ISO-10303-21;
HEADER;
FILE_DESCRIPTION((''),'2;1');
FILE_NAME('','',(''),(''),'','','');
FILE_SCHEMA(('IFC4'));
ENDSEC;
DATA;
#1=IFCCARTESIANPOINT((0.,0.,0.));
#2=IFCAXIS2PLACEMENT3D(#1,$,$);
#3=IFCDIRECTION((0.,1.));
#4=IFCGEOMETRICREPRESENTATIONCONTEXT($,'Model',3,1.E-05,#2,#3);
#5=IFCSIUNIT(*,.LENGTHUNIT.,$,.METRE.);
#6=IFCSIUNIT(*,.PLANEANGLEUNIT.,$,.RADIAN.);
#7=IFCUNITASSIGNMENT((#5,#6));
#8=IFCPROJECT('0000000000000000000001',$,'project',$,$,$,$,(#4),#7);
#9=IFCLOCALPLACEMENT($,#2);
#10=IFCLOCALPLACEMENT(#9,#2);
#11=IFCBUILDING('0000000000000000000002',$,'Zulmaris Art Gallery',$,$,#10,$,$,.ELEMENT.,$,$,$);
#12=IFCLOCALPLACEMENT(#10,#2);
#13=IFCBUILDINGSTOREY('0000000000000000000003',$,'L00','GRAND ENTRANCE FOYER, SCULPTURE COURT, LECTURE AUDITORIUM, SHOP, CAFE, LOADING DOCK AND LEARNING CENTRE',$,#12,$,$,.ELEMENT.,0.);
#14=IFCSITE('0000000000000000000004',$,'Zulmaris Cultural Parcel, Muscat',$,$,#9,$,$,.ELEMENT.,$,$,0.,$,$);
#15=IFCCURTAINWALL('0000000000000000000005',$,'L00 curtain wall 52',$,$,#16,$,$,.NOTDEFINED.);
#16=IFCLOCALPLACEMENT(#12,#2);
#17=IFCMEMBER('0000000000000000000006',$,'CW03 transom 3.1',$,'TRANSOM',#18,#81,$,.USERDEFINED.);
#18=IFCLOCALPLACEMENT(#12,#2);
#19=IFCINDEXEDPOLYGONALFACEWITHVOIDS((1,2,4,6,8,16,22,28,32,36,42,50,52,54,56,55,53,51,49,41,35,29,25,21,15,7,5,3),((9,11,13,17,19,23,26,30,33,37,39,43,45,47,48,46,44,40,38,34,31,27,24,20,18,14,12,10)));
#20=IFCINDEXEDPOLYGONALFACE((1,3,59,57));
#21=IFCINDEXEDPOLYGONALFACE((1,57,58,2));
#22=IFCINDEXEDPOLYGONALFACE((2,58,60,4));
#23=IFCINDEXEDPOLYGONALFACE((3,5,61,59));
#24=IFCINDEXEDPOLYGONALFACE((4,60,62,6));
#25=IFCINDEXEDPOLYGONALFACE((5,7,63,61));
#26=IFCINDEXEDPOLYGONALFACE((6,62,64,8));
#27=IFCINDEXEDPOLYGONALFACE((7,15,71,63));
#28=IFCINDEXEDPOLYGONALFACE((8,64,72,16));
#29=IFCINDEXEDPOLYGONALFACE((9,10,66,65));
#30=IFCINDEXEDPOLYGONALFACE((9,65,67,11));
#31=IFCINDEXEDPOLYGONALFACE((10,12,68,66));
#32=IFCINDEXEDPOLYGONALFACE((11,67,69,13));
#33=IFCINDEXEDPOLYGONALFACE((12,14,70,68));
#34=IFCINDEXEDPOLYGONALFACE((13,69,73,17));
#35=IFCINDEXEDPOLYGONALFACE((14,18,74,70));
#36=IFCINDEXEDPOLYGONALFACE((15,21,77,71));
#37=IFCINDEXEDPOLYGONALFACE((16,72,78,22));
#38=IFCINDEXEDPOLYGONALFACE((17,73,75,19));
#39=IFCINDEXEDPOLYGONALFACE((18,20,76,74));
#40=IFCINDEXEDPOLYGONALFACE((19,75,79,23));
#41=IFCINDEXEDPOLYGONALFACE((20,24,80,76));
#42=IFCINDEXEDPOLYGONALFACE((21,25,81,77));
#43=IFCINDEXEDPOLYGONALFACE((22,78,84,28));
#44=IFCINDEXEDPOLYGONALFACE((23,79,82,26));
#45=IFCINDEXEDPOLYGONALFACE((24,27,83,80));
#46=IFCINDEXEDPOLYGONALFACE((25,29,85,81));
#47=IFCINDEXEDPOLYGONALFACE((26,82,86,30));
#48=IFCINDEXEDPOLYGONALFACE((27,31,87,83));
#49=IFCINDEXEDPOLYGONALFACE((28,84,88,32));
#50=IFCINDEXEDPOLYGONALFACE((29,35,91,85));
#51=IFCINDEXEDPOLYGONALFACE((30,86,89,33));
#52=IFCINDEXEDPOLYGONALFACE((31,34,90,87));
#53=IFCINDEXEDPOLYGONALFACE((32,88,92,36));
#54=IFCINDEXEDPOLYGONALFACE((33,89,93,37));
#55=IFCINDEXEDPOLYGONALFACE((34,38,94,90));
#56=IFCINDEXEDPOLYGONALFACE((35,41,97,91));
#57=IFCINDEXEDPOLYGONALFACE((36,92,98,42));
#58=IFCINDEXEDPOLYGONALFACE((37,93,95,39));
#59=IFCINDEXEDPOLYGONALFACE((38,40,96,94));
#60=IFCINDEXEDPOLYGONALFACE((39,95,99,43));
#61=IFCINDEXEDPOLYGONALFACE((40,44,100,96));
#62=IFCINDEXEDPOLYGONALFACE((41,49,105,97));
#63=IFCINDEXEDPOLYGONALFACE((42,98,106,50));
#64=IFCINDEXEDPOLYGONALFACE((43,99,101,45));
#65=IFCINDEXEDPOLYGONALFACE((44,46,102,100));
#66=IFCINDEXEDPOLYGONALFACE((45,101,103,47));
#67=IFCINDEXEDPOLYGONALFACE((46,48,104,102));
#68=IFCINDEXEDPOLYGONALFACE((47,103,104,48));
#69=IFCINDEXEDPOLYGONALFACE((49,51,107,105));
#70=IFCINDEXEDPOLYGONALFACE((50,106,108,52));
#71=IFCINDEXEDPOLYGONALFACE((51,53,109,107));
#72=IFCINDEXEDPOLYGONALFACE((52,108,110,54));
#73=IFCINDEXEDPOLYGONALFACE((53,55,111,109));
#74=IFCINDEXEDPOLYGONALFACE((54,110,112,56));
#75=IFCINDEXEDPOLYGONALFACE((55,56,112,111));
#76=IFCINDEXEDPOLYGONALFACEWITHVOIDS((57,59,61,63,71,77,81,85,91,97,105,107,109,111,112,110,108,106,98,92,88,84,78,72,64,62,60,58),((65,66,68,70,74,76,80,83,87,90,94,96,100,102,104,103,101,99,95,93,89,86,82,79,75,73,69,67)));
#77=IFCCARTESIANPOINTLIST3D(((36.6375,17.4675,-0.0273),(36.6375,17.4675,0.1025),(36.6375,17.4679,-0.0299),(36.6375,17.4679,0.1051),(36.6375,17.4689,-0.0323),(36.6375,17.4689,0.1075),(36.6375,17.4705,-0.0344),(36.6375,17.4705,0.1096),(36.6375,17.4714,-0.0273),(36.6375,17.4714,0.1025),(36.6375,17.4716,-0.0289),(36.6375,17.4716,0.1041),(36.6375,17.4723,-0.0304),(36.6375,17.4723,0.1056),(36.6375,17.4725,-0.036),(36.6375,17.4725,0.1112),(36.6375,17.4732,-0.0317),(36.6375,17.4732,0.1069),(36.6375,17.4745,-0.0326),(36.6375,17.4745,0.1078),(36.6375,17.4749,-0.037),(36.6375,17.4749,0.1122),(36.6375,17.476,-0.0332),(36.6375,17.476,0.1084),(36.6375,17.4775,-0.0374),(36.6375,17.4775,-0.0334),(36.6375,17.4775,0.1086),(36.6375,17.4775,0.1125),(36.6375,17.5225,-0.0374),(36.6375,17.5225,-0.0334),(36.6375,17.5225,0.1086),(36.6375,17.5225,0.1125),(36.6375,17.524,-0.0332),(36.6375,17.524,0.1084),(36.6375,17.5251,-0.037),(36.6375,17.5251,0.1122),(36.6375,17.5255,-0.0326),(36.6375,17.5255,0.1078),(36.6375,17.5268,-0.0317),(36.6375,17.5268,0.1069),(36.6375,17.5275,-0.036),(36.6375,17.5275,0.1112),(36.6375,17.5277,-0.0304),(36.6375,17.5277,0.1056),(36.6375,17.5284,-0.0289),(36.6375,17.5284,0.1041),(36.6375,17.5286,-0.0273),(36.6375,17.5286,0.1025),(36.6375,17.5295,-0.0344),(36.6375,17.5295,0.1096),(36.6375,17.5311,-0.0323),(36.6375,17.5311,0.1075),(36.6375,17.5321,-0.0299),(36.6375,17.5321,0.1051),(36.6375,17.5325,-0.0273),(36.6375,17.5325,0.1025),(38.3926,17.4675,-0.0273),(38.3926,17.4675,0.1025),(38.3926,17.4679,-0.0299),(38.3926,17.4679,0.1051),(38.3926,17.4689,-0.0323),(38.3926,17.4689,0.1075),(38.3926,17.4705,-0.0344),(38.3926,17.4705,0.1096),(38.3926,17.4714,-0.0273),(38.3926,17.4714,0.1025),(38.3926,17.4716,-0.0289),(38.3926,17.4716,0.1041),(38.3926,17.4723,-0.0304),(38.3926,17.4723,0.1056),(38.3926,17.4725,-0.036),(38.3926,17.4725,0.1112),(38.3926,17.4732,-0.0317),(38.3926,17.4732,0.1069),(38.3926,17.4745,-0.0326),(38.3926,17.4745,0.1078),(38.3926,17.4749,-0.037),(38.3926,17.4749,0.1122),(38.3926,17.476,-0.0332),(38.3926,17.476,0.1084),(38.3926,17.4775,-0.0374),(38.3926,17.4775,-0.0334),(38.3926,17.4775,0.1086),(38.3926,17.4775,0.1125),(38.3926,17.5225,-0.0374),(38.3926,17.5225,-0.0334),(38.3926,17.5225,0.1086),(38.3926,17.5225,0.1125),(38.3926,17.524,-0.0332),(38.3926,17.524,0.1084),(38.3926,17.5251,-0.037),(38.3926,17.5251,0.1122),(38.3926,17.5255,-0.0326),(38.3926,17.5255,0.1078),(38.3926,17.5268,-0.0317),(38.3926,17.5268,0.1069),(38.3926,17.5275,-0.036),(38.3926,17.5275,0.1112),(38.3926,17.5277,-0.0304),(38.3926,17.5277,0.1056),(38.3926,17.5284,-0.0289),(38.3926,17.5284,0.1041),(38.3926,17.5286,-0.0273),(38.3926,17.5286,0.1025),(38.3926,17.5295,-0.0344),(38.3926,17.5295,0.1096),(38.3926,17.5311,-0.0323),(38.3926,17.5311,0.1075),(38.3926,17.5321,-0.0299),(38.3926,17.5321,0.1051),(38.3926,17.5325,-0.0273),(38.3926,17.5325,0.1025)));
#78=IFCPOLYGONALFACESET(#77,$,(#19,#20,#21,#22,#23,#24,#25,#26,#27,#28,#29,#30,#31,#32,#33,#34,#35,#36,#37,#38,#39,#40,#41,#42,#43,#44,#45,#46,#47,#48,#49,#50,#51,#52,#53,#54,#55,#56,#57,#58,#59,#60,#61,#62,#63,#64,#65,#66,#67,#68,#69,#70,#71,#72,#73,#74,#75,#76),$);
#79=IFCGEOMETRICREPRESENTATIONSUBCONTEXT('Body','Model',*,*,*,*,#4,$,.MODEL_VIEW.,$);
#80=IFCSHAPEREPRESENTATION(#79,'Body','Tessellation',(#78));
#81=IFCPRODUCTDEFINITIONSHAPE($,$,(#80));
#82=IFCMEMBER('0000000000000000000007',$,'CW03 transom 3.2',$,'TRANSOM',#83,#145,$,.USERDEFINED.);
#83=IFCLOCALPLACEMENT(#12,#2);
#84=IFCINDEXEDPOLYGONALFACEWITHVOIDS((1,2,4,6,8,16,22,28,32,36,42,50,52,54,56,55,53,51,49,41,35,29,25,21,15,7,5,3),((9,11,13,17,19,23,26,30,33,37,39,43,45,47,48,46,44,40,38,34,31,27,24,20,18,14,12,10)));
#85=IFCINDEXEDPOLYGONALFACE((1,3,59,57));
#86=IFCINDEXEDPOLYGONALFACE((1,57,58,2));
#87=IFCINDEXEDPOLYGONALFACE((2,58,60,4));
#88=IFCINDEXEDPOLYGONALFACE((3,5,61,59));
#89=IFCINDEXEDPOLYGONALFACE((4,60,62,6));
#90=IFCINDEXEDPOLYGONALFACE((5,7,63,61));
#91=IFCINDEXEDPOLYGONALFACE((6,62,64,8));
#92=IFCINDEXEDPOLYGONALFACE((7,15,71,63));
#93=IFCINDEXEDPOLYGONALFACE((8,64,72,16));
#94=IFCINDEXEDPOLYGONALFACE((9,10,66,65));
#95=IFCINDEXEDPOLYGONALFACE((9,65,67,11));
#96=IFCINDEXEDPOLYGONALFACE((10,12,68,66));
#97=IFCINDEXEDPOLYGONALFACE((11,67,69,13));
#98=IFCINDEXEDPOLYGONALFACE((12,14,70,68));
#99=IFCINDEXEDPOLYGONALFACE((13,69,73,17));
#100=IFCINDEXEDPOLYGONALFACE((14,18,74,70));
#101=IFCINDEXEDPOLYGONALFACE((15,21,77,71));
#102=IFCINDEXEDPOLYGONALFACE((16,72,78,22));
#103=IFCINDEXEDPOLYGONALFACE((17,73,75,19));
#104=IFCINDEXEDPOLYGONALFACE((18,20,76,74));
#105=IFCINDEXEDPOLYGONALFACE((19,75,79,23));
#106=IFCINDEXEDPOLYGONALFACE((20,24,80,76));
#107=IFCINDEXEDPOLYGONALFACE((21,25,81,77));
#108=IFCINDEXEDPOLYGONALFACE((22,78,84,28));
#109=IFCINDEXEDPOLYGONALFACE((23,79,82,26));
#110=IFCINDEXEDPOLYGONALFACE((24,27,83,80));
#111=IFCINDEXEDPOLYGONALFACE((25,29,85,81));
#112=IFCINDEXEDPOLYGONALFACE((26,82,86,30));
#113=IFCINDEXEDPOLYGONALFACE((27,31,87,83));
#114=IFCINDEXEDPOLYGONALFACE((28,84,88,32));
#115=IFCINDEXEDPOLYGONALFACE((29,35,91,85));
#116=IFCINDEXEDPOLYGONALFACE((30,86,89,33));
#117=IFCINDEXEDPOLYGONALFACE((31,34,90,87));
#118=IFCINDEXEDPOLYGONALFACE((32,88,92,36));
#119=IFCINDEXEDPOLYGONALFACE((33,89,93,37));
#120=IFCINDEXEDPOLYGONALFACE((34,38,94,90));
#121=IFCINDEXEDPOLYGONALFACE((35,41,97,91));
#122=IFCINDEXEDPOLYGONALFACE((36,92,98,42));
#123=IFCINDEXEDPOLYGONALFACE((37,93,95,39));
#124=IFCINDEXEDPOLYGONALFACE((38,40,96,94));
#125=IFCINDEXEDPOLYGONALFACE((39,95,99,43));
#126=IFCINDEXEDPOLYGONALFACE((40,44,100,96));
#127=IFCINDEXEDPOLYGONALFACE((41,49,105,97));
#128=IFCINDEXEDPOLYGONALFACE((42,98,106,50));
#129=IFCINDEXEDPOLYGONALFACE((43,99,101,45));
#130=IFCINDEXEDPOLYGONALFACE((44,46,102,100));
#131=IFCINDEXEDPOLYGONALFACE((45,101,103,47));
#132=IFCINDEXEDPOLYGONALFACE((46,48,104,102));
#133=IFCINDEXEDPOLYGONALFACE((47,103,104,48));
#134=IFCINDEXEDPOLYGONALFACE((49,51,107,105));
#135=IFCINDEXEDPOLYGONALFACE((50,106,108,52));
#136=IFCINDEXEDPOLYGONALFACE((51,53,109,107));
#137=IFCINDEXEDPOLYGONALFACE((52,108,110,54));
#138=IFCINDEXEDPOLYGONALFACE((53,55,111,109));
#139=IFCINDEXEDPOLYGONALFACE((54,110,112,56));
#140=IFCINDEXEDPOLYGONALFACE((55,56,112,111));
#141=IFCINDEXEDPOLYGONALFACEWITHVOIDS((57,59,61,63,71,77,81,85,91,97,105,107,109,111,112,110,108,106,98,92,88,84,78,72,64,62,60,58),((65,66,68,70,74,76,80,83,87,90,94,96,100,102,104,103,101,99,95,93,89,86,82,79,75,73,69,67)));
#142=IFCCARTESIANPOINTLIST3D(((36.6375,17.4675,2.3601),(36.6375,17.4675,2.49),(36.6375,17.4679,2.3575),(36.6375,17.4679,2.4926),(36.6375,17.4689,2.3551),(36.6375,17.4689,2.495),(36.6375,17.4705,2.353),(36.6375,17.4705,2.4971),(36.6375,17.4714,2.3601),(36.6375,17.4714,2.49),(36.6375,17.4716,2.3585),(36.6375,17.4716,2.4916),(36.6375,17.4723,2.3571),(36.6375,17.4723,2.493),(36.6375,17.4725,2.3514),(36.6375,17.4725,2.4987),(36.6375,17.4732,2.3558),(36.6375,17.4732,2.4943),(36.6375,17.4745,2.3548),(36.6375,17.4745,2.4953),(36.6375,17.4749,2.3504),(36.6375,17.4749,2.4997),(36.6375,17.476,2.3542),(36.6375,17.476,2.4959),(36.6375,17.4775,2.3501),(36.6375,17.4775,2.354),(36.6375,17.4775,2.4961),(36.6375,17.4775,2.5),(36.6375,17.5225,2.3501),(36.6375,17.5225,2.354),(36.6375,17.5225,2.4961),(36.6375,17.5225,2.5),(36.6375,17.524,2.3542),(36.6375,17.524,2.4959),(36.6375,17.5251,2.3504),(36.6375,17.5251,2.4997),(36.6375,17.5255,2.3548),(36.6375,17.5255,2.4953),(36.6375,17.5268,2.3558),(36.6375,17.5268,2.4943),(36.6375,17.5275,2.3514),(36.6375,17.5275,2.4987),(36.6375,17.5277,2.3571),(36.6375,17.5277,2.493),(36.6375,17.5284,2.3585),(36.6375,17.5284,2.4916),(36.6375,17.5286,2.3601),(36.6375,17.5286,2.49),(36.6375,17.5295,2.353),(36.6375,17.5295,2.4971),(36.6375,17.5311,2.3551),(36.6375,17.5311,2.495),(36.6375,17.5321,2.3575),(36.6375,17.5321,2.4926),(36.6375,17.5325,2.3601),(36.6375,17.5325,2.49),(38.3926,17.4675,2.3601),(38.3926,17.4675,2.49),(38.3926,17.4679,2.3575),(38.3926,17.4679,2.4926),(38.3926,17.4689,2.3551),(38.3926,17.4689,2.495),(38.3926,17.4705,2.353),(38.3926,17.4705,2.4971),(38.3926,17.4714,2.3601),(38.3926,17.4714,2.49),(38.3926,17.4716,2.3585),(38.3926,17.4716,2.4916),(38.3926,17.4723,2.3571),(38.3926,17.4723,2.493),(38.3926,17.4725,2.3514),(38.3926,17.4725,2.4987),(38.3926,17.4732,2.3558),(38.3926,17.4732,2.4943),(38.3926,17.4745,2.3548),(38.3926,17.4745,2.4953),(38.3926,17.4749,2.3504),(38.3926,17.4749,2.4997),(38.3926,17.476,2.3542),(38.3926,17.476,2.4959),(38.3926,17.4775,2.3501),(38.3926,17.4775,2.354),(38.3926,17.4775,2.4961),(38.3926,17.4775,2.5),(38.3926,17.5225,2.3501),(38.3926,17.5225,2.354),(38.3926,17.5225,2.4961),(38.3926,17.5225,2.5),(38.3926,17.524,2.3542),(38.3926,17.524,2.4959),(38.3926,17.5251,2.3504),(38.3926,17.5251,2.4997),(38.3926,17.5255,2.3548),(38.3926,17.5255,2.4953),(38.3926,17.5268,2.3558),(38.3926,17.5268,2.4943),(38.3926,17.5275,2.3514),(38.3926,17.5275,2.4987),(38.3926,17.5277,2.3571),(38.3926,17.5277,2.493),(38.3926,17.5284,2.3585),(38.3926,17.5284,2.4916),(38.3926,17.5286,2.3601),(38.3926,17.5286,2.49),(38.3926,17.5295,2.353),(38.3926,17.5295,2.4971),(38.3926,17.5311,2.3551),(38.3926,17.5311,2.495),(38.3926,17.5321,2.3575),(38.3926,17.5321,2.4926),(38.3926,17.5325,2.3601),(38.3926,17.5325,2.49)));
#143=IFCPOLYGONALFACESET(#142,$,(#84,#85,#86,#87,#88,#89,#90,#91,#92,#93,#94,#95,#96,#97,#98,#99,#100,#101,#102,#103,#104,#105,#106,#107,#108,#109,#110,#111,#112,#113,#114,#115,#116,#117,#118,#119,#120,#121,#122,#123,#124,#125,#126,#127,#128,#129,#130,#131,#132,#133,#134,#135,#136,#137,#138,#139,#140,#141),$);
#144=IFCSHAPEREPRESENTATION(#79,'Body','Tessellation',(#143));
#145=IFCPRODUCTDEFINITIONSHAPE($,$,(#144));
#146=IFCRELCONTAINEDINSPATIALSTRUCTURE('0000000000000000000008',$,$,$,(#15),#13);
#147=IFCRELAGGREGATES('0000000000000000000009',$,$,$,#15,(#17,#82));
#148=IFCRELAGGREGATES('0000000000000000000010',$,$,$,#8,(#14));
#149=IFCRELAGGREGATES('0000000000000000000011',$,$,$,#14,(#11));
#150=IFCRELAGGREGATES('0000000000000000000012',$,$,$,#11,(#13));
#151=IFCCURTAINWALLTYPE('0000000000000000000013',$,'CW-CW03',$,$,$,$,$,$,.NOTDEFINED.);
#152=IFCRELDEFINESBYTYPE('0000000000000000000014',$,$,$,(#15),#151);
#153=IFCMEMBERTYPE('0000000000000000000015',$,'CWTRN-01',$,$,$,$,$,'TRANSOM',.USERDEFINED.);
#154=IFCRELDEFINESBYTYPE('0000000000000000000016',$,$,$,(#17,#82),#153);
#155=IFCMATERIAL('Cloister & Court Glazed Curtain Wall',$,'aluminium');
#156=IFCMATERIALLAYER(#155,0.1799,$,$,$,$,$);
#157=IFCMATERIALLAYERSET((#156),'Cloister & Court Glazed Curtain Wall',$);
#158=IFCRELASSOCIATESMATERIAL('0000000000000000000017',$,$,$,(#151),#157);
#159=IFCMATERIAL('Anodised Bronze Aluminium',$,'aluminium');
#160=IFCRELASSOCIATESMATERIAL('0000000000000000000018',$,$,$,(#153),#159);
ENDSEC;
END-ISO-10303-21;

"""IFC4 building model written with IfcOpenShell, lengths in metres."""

from ifc_helpers import new_model, si_unit, direction, frame, origin, origin_2d, place, context, subcontext, project, spatial, hollow_rectangle, extrude, material, layer, layer_set, material_profile, profile_set, type_object, element, aggregate, save


model = new_model("IFC4")

# Units and contexts
model_context = context("Model", 3, precision=1e-05, world=origin(), true_north=direction((0.0, 1.0)))
body_context = subcontext(model_context, "Body", "Model", "MODEL_VIEW")
ifc_project = project(units=[si_unit("LENGTHUNIT", "METRE"), si_unit("PLANEANGLEUNIT", "RADIAN")], contexts=[model_context])

# Site, building, storey
site_placement = place(None, origin())
site = spatial("IfcSite", under=ifc_project, at=site_placement, Name="Zulmaris Cultural Parcel, Muscat", CompositionType="ELEMENT", RefElevation=0.0)
building_placement = place(site_placement, origin())
building = spatial("IfcBuilding", under=site, at=building_placement, Name="Zulmaris Art Gallery", CompositionType="ELEMENT")
storey_placement = place(building_placement, origin())
storey = spatial("IfcBuildingStorey", under=building, at=storey_placement, Name="L00", Description="GRAND ENTRANCE FOYER, SCULPTURE COURT, LECTURE AUDITORIUM, SHOP, CAFE, LOADING DOCK AND LEARNING CENTRE", CompositionType="ELEMENT", Elevation=0.0)

# Curtain wall, members
ifc_material_1 = material(Name="Cloister & Court Glazed Curtain Wall", Category="aluminium")
ifc_layer_1 = layer(ifc_material_1, 0.1799)
ifc_layer_set_1 = layer_set([ifc_layer_1], Name="Cloister & Court Glazed Curtain Wall")
curtain_wall_type = type_object("IfcCurtainWallType", Name="CW-CW03", PredefinedType="NOTDEFINED", material=ifc_layer_set_1)
curtain_wall_placement = place(storey_placement, origin())
curtain_wall = element("IfcCurtainWall", 1, at=curtain_wall_placement, inside=storey, type_object=curtain_wall_type, Name="L00 curtain wall 52", PredefinedType="NOTDEFINED")
ifc_material_2 = material(Name="Anodised Bronze Aluminium", Category="aluminium")
ifc_material_profile_1 = material_profile(ifc_material_2, hollow_rectangle(XDim=0.0649, YDim=0.1499, WallThickness=0.0039, InnerFilletRadius=0.0061, OuterFilletRadius=0.01, at=origin_2d()), Name="ALU 65x150x4")
ifc_profile_set_1 = profile_set([ifc_material_profile_1], Name="Anodised Bronze Aluminium")
member_type_1 = type_object("IfcMemberType", Name="CWTRN-01", ElementType="TRANSOM", PredefinedType="USERDEFINED", material=ifc_profile_set_1)
member_1_placement = place(storey_placement, frame((36.6375, 17.5, 0.0376), z_axis=(1.0, 0.0, 0.0), x_axis=(0.0, 1.0, 0.0)))
member_1 = element("IfcMember", 2, at=member_1_placement, type_object=member_type_1, Name="CW03 transom 3.1", ObjectType="TRANSOM", PredefinedType="USERDEFINED", context=body_context, shape_type="SweptSolid", body=[
    extrude(hollow_rectangle(XDim=0.0649, YDim=0.1499, WallThickness=0.0039, InnerFilletRadius=0.0061, OuterFilletRadius=0.01, at=origin_2d()), origin(), (0.0, 0.0, 1.0), 1.7551),
])
member_2_placement = place(storey_placement, frame((36.6375, 17.5, 2.425), z_axis=(1.0, 0.0, 0.0), x_axis=(0.0, 1.0, 0.0)))
member_2 = element("IfcMember", 3, at=member_2_placement, type_object=member_type_1, Name="CW03 transom 3.2", ObjectType="TRANSOM", PredefinedType="USERDEFINED", context=body_context, shape_type="SweptSolid", body=[
    extrude(hollow_rectangle(XDim=0.0649, YDim=0.1499, WallThickness=0.0039, InnerFilletRadius=0.0061, OuterFilletRadius=0.01, at=origin_2d()), origin(), (0.0, 0.0, 1.0), 1.7551),
])
aggregate(curtain_wall, [member_1, member_2])

save(model, "model.ifc")
